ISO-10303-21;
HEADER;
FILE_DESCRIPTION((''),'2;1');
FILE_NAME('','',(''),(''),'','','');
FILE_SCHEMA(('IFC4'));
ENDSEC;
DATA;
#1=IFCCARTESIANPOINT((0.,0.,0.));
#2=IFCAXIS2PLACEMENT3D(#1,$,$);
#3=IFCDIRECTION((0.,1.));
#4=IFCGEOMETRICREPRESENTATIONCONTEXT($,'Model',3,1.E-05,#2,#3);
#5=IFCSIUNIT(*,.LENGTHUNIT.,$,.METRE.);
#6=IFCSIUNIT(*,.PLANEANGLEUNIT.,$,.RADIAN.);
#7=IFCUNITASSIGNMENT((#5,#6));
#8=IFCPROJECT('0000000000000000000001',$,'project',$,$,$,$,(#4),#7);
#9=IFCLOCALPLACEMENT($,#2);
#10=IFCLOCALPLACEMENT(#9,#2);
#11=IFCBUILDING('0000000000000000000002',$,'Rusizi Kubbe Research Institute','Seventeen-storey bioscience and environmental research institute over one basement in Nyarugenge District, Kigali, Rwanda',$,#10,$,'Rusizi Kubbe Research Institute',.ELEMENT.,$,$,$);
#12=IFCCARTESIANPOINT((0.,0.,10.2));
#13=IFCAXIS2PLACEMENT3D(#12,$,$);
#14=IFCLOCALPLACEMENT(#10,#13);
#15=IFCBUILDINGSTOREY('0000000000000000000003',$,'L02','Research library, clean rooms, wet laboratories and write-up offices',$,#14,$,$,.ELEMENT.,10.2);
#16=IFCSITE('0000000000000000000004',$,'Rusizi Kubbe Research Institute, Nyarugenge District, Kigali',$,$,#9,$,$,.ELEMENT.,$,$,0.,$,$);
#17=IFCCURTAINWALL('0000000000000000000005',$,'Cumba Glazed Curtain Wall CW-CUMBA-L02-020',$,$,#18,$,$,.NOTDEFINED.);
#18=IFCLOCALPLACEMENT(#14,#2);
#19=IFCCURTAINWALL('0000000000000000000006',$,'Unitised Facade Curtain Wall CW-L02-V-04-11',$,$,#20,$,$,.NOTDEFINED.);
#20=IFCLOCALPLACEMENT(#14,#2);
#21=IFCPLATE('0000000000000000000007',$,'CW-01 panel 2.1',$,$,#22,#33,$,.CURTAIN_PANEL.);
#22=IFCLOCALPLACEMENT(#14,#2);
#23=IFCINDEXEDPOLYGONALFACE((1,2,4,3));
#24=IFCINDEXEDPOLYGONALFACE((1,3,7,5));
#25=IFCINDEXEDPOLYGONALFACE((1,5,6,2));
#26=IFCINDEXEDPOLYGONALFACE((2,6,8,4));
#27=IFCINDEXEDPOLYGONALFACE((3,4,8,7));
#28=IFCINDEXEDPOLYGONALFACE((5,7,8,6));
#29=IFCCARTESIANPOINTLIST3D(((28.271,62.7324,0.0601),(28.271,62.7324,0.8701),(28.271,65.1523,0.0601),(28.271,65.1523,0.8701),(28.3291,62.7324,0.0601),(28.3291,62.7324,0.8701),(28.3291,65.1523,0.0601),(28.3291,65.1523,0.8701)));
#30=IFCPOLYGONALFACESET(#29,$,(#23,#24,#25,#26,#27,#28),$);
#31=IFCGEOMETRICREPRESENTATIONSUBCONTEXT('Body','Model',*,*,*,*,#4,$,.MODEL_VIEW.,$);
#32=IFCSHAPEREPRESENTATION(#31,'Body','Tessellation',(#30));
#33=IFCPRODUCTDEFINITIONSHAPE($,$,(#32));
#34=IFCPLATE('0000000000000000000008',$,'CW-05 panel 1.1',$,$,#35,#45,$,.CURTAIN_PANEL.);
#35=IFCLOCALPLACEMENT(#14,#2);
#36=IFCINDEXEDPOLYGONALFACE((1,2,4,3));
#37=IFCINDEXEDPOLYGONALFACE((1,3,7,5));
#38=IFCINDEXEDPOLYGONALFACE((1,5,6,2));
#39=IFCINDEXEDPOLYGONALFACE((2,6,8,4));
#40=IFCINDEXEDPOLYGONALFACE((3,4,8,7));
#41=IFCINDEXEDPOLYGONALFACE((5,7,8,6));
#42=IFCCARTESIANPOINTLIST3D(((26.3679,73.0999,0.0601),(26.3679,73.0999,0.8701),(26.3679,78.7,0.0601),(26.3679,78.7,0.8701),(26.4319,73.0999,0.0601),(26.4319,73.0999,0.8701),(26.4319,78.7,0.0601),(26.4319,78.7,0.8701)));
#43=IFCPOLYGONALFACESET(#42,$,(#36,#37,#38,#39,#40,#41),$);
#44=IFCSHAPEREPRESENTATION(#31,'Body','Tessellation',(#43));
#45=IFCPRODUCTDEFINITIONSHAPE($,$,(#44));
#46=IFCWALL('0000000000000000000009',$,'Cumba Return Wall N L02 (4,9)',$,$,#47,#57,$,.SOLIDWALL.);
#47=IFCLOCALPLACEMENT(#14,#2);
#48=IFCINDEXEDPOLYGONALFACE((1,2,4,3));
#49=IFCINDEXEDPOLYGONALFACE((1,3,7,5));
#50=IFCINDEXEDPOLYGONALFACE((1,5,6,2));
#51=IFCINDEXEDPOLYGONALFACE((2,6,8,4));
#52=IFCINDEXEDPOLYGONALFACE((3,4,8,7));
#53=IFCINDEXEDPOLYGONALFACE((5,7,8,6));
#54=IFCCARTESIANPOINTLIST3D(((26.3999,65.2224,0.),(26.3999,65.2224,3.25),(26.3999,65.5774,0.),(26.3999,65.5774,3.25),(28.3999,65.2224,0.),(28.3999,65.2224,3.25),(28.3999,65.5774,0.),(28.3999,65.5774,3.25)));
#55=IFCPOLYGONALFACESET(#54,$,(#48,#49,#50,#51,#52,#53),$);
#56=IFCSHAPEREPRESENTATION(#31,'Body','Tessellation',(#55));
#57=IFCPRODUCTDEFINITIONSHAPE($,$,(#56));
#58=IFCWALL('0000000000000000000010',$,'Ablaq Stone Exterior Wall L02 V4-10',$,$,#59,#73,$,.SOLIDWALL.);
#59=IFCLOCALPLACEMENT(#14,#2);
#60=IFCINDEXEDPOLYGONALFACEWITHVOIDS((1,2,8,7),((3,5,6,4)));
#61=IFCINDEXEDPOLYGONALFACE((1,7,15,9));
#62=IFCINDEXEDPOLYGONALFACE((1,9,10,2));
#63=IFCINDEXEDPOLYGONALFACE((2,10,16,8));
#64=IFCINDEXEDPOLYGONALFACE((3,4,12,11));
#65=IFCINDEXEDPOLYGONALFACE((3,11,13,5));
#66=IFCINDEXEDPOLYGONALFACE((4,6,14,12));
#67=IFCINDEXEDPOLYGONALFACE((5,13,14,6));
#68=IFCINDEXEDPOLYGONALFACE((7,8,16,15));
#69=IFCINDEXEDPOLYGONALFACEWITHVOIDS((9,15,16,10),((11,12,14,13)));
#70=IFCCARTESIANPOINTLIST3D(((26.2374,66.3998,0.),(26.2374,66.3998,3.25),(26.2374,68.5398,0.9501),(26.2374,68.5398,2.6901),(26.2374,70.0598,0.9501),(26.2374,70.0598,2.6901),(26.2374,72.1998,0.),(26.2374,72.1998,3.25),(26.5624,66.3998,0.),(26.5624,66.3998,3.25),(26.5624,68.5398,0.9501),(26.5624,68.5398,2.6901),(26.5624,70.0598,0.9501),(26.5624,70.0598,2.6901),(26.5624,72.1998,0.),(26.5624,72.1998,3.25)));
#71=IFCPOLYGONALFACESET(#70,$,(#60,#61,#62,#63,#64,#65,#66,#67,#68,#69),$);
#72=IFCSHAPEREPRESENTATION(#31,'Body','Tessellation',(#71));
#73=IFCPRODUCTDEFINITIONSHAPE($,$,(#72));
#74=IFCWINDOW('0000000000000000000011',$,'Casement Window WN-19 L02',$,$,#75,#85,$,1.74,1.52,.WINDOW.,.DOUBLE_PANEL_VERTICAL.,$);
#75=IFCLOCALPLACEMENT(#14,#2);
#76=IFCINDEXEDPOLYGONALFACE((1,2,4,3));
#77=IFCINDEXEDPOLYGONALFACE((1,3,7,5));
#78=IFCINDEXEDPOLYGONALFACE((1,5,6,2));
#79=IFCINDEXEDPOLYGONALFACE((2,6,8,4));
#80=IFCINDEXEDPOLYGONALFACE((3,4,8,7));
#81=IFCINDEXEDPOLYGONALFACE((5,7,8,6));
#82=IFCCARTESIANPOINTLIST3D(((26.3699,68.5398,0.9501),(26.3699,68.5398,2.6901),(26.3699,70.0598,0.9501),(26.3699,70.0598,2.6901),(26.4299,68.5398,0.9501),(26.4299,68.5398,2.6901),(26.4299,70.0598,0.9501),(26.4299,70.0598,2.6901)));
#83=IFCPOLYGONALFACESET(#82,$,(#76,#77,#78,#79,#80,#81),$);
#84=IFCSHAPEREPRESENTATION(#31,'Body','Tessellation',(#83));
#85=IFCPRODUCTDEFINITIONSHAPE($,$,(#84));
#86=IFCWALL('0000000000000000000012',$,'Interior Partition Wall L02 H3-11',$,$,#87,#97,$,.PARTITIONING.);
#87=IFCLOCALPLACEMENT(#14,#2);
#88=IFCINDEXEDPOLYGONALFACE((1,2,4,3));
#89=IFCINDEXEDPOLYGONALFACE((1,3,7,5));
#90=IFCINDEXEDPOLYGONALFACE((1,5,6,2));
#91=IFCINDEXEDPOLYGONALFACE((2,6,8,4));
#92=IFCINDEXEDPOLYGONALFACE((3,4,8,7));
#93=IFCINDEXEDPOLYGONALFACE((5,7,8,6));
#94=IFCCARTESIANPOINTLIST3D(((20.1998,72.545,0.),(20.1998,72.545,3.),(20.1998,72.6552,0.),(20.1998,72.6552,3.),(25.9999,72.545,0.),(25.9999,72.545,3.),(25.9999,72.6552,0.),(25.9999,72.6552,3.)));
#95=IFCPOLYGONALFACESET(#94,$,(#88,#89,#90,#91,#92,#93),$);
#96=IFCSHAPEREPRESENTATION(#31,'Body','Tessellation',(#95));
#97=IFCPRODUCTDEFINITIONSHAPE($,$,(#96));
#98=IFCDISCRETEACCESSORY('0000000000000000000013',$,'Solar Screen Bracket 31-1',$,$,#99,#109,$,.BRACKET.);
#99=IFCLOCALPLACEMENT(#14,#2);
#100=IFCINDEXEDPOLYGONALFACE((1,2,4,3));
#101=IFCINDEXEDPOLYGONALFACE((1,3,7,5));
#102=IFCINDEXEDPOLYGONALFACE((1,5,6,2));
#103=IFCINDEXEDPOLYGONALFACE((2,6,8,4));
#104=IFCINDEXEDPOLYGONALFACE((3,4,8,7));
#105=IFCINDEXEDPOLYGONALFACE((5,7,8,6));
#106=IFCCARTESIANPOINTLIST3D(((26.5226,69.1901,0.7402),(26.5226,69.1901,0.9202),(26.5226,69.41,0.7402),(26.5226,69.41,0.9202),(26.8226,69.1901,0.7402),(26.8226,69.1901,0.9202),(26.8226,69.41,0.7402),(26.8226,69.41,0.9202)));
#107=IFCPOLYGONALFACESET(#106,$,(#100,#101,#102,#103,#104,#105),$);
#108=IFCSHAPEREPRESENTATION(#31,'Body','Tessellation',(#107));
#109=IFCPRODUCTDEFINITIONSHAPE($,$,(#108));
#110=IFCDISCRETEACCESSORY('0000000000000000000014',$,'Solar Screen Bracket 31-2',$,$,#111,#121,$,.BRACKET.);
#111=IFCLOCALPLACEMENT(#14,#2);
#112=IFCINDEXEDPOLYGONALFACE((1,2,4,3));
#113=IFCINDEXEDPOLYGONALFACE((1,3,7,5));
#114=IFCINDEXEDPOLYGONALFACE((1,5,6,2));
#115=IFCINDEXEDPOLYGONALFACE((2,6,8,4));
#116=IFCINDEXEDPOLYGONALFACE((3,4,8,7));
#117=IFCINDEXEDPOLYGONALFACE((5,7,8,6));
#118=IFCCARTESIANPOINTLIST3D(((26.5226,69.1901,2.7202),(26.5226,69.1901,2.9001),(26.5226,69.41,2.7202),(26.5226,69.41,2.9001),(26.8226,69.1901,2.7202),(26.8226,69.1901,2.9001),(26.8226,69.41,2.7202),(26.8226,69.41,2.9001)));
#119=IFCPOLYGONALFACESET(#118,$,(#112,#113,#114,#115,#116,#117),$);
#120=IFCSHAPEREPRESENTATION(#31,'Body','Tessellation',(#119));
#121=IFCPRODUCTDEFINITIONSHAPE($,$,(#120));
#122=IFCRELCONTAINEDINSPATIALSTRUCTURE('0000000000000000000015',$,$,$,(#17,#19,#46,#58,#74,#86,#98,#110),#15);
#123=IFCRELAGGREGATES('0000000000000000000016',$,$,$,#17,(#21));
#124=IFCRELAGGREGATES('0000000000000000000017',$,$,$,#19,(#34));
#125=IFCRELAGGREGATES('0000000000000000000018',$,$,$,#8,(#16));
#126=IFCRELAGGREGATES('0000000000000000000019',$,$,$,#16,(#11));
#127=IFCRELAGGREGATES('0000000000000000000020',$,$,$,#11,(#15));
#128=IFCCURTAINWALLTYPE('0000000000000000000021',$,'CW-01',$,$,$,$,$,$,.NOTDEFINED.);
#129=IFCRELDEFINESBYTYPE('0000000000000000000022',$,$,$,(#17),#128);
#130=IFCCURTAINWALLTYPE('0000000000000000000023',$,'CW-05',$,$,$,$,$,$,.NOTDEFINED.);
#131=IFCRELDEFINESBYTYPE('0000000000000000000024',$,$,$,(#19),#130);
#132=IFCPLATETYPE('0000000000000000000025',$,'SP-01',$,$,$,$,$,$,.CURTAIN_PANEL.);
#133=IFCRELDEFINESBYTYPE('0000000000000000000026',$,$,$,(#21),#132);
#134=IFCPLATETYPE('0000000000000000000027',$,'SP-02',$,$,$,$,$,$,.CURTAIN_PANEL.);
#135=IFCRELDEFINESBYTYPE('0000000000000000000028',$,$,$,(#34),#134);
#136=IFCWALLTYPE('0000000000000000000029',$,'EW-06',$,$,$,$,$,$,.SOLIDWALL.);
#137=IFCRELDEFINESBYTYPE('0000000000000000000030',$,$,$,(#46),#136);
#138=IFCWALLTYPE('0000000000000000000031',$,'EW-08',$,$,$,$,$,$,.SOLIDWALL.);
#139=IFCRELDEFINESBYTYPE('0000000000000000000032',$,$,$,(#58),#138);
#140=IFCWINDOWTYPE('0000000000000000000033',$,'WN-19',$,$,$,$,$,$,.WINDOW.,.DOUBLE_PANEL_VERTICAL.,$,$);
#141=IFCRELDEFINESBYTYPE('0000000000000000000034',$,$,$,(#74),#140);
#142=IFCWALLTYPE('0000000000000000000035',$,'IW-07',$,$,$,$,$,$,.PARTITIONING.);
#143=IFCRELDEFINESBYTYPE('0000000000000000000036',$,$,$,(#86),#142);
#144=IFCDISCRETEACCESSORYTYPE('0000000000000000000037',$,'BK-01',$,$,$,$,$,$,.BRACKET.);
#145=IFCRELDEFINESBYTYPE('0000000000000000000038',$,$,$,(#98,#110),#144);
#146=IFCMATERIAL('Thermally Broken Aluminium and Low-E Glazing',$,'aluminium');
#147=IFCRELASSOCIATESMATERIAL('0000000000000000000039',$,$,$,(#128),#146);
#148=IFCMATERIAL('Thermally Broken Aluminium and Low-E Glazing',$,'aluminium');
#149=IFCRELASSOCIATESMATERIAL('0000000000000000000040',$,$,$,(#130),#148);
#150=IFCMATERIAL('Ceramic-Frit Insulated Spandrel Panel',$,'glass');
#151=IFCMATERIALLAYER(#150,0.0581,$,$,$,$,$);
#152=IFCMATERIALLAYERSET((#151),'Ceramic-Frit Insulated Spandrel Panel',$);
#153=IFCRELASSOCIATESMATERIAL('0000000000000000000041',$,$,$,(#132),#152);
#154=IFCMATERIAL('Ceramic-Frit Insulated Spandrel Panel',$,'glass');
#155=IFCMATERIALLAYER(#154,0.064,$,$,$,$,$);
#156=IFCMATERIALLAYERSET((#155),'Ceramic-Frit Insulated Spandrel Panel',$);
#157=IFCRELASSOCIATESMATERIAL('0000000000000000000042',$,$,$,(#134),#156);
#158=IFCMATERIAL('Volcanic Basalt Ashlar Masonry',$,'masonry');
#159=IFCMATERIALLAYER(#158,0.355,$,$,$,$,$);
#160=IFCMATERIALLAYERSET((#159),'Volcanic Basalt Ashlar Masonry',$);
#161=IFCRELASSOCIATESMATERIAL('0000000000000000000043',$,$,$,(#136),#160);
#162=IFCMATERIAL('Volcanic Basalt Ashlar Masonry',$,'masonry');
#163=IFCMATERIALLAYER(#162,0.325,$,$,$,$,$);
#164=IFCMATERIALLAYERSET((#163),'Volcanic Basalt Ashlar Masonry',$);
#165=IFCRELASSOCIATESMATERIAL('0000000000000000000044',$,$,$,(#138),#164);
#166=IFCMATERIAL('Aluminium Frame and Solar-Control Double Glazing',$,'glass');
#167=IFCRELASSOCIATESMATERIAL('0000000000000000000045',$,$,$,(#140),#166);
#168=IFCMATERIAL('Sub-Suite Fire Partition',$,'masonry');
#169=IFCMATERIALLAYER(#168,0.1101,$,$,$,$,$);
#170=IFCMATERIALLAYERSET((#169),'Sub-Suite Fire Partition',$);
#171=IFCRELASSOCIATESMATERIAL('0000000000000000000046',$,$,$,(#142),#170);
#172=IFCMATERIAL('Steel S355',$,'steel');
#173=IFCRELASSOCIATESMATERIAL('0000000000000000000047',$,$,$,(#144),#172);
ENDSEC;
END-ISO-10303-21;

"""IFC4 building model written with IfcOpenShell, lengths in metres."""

from ifc_helpers import new_model, si_unit, direction, frame, frame_2d, origin, origin_2d, place, context, subcontext, project, spatial, rectangle, extrude, material, layer, layer_set, type_object, element, fill, aggregate, save


model = new_model("IFC4")

# Units and contexts
model_context = context("Model", 3, precision=1e-05, world=origin(), true_north=direction((0.0, 1.0)))
body_context = subcontext(model_context, "Body", "Model", "MODEL_VIEW")
ifc_project = project(units=[si_unit("LENGTHUNIT", "METRE"), si_unit("PLANEANGLEUNIT", "RADIAN")], contexts=[model_context])

# Site, building, storey
site_placement = place(None, origin())
site = spatial("IfcSite", under=ifc_project, at=site_placement, Name="Rusizi Kubbe Research Institute, Nyarugenge District, Kigali", CompositionType="ELEMENT", RefElevation=0.0)
building_placement = place(site_placement, origin())
building = spatial("IfcBuilding", under=site, at=building_placement, Name="Rusizi Kubbe Research Institute", Description="Seventeen-storey bioscience and environmental research institute over one basement in Nyarugenge District, Kigali, Rwanda", LongName="Rusizi Kubbe Research Institute", CompositionType="ELEMENT")
storey_placement = place(building_placement, frame((0.0, 0.0, 10.2)))
storey = spatial("IfcBuildingStorey", under=building, at=storey_placement, Name="L02", Description="Research library, clean rooms, wet laboratories and write-up offices", CompositionType="ELEMENT", Elevation=10.2)

# Curtain walls
ifc_material_1 = material(Name="Thermally Broken Aluminium and Low-E Glazing", Category="aluminium")
curtain_wall_type_1 = type_object("IfcCurtainWallType", Name="CW-01", PredefinedType="NOTDEFINED", material=ifc_material_1)
curtain_wall_1_placement = place(storey_placement, origin())
curtain_wall_1 = element("IfcCurtainWall", 1, at=curtain_wall_1_placement, inside=storey, type_object=curtain_wall_type_1, Name="Cumba Glazed Curtain Wall CW-CUMBA-L02-020", PredefinedType="NOTDEFINED")
ifc_material_2 = material(Name="Thermally Broken Aluminium and Low-E Glazing", Category="aluminium")
curtain_wall_type_2 = type_object("IfcCurtainWallType", Name="CW-05", PredefinedType="NOTDEFINED", material=ifc_material_2)
curtain_wall_2_placement = place(storey_placement, origin())
curtain_wall_2 = element("IfcCurtainWall", 2, at=curtain_wall_2_placement, inside=storey, type_object=curtain_wall_type_2, Name="Unitised Facade Curtain Wall CW-L02-V-04-11", PredefinedType="NOTDEFINED")

# Plates
ifc_material_3 = material(Name="Ceramic-Frit Insulated Spandrel Panel", Category="glass")
ifc_layer_1 = layer(ifc_material_3, 0.0581)
ifc_layer_set_1 = layer_set([ifc_layer_1], Name="Ceramic-Frit Insulated Spandrel Panel")
plate_type_1 = type_object("IfcPlateType", Name="SP-01", PredefinedType="CURTAIN_PANEL", material=ifc_layer_set_1)
plate_1_placement = place(storey_placement, frame((28.3, 63.9424, 0.0601), z_axis=(0.0, 0.0, 1.0), x_axis=(0.0, 1.0, 0.0)))
plate_1 = element("IfcPlate", 3, at=plate_1_placement, type_object=plate_type_1, Name="CW-01 panel 2.1", PredefinedType="CURTAIN_PANEL", context=body_context, shape_type="SweptSolid", body=[
    extrude(rectangle(XDim=2.4199, YDim=0.0581, at=origin_2d()), origin(), (0.0, 0.0, 1.0), 0.8101),
])
aggregate(curtain_wall_1, [plate_1])
ifc_material_4 = material(Name="Ceramic-Frit Insulated Spandrel Panel", Category="glass")
ifc_layer_2 = layer(ifc_material_4, 0.064)
ifc_layer_set_2 = layer_set([ifc_layer_2], Name="Ceramic-Frit Insulated Spandrel Panel")
plate_type_2 = type_object("IfcPlateType", Name="SP-02", PredefinedType="CURTAIN_PANEL", material=ifc_layer_set_2)
plate_2_placement = place(storey_placement, frame((26.3999, 75.8999, 0.0601), z_axis=(0.0, 0.0, 1.0), x_axis=(0.0, 1.0, 0.0)))
plate_2 = element("IfcPlate", 4, at=plate_2_placement, type_object=plate_type_2, Name="CW-05 panel 1.1", PredefinedType="CURTAIN_PANEL", context=body_context, shape_type="SweptSolid", body=[
    extrude(rectangle(XDim=5.6001, YDim=0.064, at=origin_2d()), origin(), (0.0, 0.0, 1.0), 0.8101),
])
aggregate(curtain_wall_2, [plate_2])

# Wall
ifc_material_5 = material(Name="Volcanic Basalt Ashlar Masonry", Category="masonry")
ifc_layer_3 = layer(ifc_material_5, 0.355)
ifc_layer_set_3 = layer_set([ifc_layer_3], Name="Volcanic Basalt Ashlar Masonry")
wall_type_1 = type_object("IfcWallType", Name="EW-06", PredefinedType="SOLIDWALL", material=ifc_layer_set_3)
wall_1_placement = place(storey_placement, frame((26.3999, 65.3999, 0.0), z_axis=(0.0, 0.0, 1.0), x_axis=(1.0, 0.0, 0.0)))
element("IfcWall", 5, at=wall_1_placement, inside=storey, type_object=wall_type_1, Name="Cumba Return Wall N L02 (4,9)", PredefinedType="SOLIDWALL", context=body_context, shape_type="SweptSolid", body=[
    extrude(rectangle(XDim=2.0, YDim=0.355, at=frame_2d((1.0, 0.0))), origin(), (0.0, 0.0, 1.0), 3.25),
])

# Wall, opening, window
ifc_material_6 = material(Name="Volcanic Basalt Ashlar Masonry", Category="masonry")
ifc_layer_4 = layer(ifc_material_6, 0.325)
ifc_layer_set_4 = layer_set([ifc_layer_4], Name="Volcanic Basalt Ashlar Masonry")
wall_type_2 = type_object("IfcWallType", Name="EW-08", PredefinedType="SOLIDWALL", material=ifc_layer_set_4)
wall_2_placement = place(storey_placement, frame((26.3999, 66.3999, 0.0), z_axis=(0.0, 0.0, 1.0), x_axis=(0.0, 1.0, 0.0)))
wall_2 = element("IfcWall", 6, at=wall_2_placement, inside=storey, type_object=wall_type_2, Name="Ablaq Stone Exterior Wall L02 V4-10", PredefinedType="SOLIDWALL", context=body_context, shape_type="SweptSolid", body=[
    extrude(rectangle(XDim=5.8, YDim=0.325, at=frame_2d((2.8999, 0.0))), origin(), (0.0, 0.0, 1.0), 3.25),
])
opening_placement = place(wall_2_placement, frame((2.1399, 0.0, 0.95)))
opening = element("IfcOpeningElement", 7, at=opening_placement, cuts=wall_2, PredefinedType="OPENING", context=body_context, shape_type="SweptSolid", body=[
    extrude(rectangle(XDim=1.52, YDim=1.74, at=frame_2d((0.76, 0.8701))), frame((0.0, 0.1724, 0.0), z_axis=(0.0, -1.0, 0.0), x_axis=(1.0, 0.0, 0.0)), (0.0, 0.0, 1.0), 0.345),
])
ifc_material_7 = material(Name="Aluminium Frame and Solar-Control Double Glazing", Category="glass")
window_type = type_object("IfcWindowType", Name="WN-19", PartitioningType="DOUBLE_PANEL_VERTICAL", PredefinedType="WINDOW", material=ifc_material_7)
window_placement = place(opening_placement, origin())
window = element("IfcWindow", 8, at=window_placement, inside=storey, type_object=window_type, Name="Casement Window WN-19 L02", OverallHeight=1.74, OverallWidth=1.52, PartitioningType="DOUBLE_PANEL_VERTICAL", PredefinedType="WINDOW", context=body_context, shape_type="SweptSolid", body=[
    extrude(rectangle(XDim=1.52, YDim=1.74, at=frame_2d((0.76, 0.8701))), frame((0.0, 0.03, 0.0), z_axis=(0.0, -1.0, 0.0), x_axis=(1.0, 0.0, 0.0)), (0.0, 0.0, 1.0), 0.0601),
])
fill(opening, window)

# Wall
ifc_material_8 = material(Name="Sub-Suite Fire Partition", Category="masonry")
ifc_layer_5 = layer(ifc_material_8, 0.1101)
ifc_layer_set_5 = layer_set([ifc_layer_5], Name="Sub-Suite Fire Partition")
wall_type_3 = type_object("IfcWallType", Name="IW-07", PredefinedType="PARTITIONING", material=ifc_layer_set_5)
wall_3_placement = place(storey_placement, frame((20.2, 72.6001, 0.0), z_axis=(0.0, 0.0, 1.0), x_axis=(1.0, 0.0, 0.0)))
element("IfcWall", 9, at=wall_3_placement, inside=storey, type_object=wall_type_3, Name="Interior Partition Wall L02 H3-11", PredefinedType="PARTITIONING", context=body_context, shape_type="SweptSolid", body=[
    extrude(rectangle(XDim=5.8, YDim=0.1101, at=frame_2d((2.8999, 0.0))), origin(), (0.0, 0.0, 1.0), 3.0),
])

# Discrete accessories
ifc_material_9 = material(Name="Steel S355", Category="steel")
discrete_accessory_type = type_object("IfcDiscreteAccessoryType", Name="BK-01", PredefinedType="BRACKET", material=ifc_material_9)
for number, where, z_axis, x_axis, name in (
    (10, (26.6726, 69.3, 0.7402), (0.0, 0.0, 1.0), (1.0, 0.0, 0.0), "Solar Screen Bracket 31-1"),
    (11, (26.6726, 69.3, 2.7202), (0.0, 0.0, 1.0), (1.0, 0.0, 0.0), "Solar Screen Bracket 31-2"),
):
    element("IfcDiscreteAccessory", number, at=place(storey_placement, frame(where, z_axis=z_axis, x_axis=x_axis)), inside=storey, type_object=discrete_accessory_type, Name=name, PredefinedType="BRACKET", context=body_context, shape_type="SweptSolid", body=[
        extrude(rectangle(XDim=0.3, YDim=0.22, at=origin_2d()), origin(), (0.0, 0.0, 1.0), 0.1799),
    ])

save(model, "model.ifc")
